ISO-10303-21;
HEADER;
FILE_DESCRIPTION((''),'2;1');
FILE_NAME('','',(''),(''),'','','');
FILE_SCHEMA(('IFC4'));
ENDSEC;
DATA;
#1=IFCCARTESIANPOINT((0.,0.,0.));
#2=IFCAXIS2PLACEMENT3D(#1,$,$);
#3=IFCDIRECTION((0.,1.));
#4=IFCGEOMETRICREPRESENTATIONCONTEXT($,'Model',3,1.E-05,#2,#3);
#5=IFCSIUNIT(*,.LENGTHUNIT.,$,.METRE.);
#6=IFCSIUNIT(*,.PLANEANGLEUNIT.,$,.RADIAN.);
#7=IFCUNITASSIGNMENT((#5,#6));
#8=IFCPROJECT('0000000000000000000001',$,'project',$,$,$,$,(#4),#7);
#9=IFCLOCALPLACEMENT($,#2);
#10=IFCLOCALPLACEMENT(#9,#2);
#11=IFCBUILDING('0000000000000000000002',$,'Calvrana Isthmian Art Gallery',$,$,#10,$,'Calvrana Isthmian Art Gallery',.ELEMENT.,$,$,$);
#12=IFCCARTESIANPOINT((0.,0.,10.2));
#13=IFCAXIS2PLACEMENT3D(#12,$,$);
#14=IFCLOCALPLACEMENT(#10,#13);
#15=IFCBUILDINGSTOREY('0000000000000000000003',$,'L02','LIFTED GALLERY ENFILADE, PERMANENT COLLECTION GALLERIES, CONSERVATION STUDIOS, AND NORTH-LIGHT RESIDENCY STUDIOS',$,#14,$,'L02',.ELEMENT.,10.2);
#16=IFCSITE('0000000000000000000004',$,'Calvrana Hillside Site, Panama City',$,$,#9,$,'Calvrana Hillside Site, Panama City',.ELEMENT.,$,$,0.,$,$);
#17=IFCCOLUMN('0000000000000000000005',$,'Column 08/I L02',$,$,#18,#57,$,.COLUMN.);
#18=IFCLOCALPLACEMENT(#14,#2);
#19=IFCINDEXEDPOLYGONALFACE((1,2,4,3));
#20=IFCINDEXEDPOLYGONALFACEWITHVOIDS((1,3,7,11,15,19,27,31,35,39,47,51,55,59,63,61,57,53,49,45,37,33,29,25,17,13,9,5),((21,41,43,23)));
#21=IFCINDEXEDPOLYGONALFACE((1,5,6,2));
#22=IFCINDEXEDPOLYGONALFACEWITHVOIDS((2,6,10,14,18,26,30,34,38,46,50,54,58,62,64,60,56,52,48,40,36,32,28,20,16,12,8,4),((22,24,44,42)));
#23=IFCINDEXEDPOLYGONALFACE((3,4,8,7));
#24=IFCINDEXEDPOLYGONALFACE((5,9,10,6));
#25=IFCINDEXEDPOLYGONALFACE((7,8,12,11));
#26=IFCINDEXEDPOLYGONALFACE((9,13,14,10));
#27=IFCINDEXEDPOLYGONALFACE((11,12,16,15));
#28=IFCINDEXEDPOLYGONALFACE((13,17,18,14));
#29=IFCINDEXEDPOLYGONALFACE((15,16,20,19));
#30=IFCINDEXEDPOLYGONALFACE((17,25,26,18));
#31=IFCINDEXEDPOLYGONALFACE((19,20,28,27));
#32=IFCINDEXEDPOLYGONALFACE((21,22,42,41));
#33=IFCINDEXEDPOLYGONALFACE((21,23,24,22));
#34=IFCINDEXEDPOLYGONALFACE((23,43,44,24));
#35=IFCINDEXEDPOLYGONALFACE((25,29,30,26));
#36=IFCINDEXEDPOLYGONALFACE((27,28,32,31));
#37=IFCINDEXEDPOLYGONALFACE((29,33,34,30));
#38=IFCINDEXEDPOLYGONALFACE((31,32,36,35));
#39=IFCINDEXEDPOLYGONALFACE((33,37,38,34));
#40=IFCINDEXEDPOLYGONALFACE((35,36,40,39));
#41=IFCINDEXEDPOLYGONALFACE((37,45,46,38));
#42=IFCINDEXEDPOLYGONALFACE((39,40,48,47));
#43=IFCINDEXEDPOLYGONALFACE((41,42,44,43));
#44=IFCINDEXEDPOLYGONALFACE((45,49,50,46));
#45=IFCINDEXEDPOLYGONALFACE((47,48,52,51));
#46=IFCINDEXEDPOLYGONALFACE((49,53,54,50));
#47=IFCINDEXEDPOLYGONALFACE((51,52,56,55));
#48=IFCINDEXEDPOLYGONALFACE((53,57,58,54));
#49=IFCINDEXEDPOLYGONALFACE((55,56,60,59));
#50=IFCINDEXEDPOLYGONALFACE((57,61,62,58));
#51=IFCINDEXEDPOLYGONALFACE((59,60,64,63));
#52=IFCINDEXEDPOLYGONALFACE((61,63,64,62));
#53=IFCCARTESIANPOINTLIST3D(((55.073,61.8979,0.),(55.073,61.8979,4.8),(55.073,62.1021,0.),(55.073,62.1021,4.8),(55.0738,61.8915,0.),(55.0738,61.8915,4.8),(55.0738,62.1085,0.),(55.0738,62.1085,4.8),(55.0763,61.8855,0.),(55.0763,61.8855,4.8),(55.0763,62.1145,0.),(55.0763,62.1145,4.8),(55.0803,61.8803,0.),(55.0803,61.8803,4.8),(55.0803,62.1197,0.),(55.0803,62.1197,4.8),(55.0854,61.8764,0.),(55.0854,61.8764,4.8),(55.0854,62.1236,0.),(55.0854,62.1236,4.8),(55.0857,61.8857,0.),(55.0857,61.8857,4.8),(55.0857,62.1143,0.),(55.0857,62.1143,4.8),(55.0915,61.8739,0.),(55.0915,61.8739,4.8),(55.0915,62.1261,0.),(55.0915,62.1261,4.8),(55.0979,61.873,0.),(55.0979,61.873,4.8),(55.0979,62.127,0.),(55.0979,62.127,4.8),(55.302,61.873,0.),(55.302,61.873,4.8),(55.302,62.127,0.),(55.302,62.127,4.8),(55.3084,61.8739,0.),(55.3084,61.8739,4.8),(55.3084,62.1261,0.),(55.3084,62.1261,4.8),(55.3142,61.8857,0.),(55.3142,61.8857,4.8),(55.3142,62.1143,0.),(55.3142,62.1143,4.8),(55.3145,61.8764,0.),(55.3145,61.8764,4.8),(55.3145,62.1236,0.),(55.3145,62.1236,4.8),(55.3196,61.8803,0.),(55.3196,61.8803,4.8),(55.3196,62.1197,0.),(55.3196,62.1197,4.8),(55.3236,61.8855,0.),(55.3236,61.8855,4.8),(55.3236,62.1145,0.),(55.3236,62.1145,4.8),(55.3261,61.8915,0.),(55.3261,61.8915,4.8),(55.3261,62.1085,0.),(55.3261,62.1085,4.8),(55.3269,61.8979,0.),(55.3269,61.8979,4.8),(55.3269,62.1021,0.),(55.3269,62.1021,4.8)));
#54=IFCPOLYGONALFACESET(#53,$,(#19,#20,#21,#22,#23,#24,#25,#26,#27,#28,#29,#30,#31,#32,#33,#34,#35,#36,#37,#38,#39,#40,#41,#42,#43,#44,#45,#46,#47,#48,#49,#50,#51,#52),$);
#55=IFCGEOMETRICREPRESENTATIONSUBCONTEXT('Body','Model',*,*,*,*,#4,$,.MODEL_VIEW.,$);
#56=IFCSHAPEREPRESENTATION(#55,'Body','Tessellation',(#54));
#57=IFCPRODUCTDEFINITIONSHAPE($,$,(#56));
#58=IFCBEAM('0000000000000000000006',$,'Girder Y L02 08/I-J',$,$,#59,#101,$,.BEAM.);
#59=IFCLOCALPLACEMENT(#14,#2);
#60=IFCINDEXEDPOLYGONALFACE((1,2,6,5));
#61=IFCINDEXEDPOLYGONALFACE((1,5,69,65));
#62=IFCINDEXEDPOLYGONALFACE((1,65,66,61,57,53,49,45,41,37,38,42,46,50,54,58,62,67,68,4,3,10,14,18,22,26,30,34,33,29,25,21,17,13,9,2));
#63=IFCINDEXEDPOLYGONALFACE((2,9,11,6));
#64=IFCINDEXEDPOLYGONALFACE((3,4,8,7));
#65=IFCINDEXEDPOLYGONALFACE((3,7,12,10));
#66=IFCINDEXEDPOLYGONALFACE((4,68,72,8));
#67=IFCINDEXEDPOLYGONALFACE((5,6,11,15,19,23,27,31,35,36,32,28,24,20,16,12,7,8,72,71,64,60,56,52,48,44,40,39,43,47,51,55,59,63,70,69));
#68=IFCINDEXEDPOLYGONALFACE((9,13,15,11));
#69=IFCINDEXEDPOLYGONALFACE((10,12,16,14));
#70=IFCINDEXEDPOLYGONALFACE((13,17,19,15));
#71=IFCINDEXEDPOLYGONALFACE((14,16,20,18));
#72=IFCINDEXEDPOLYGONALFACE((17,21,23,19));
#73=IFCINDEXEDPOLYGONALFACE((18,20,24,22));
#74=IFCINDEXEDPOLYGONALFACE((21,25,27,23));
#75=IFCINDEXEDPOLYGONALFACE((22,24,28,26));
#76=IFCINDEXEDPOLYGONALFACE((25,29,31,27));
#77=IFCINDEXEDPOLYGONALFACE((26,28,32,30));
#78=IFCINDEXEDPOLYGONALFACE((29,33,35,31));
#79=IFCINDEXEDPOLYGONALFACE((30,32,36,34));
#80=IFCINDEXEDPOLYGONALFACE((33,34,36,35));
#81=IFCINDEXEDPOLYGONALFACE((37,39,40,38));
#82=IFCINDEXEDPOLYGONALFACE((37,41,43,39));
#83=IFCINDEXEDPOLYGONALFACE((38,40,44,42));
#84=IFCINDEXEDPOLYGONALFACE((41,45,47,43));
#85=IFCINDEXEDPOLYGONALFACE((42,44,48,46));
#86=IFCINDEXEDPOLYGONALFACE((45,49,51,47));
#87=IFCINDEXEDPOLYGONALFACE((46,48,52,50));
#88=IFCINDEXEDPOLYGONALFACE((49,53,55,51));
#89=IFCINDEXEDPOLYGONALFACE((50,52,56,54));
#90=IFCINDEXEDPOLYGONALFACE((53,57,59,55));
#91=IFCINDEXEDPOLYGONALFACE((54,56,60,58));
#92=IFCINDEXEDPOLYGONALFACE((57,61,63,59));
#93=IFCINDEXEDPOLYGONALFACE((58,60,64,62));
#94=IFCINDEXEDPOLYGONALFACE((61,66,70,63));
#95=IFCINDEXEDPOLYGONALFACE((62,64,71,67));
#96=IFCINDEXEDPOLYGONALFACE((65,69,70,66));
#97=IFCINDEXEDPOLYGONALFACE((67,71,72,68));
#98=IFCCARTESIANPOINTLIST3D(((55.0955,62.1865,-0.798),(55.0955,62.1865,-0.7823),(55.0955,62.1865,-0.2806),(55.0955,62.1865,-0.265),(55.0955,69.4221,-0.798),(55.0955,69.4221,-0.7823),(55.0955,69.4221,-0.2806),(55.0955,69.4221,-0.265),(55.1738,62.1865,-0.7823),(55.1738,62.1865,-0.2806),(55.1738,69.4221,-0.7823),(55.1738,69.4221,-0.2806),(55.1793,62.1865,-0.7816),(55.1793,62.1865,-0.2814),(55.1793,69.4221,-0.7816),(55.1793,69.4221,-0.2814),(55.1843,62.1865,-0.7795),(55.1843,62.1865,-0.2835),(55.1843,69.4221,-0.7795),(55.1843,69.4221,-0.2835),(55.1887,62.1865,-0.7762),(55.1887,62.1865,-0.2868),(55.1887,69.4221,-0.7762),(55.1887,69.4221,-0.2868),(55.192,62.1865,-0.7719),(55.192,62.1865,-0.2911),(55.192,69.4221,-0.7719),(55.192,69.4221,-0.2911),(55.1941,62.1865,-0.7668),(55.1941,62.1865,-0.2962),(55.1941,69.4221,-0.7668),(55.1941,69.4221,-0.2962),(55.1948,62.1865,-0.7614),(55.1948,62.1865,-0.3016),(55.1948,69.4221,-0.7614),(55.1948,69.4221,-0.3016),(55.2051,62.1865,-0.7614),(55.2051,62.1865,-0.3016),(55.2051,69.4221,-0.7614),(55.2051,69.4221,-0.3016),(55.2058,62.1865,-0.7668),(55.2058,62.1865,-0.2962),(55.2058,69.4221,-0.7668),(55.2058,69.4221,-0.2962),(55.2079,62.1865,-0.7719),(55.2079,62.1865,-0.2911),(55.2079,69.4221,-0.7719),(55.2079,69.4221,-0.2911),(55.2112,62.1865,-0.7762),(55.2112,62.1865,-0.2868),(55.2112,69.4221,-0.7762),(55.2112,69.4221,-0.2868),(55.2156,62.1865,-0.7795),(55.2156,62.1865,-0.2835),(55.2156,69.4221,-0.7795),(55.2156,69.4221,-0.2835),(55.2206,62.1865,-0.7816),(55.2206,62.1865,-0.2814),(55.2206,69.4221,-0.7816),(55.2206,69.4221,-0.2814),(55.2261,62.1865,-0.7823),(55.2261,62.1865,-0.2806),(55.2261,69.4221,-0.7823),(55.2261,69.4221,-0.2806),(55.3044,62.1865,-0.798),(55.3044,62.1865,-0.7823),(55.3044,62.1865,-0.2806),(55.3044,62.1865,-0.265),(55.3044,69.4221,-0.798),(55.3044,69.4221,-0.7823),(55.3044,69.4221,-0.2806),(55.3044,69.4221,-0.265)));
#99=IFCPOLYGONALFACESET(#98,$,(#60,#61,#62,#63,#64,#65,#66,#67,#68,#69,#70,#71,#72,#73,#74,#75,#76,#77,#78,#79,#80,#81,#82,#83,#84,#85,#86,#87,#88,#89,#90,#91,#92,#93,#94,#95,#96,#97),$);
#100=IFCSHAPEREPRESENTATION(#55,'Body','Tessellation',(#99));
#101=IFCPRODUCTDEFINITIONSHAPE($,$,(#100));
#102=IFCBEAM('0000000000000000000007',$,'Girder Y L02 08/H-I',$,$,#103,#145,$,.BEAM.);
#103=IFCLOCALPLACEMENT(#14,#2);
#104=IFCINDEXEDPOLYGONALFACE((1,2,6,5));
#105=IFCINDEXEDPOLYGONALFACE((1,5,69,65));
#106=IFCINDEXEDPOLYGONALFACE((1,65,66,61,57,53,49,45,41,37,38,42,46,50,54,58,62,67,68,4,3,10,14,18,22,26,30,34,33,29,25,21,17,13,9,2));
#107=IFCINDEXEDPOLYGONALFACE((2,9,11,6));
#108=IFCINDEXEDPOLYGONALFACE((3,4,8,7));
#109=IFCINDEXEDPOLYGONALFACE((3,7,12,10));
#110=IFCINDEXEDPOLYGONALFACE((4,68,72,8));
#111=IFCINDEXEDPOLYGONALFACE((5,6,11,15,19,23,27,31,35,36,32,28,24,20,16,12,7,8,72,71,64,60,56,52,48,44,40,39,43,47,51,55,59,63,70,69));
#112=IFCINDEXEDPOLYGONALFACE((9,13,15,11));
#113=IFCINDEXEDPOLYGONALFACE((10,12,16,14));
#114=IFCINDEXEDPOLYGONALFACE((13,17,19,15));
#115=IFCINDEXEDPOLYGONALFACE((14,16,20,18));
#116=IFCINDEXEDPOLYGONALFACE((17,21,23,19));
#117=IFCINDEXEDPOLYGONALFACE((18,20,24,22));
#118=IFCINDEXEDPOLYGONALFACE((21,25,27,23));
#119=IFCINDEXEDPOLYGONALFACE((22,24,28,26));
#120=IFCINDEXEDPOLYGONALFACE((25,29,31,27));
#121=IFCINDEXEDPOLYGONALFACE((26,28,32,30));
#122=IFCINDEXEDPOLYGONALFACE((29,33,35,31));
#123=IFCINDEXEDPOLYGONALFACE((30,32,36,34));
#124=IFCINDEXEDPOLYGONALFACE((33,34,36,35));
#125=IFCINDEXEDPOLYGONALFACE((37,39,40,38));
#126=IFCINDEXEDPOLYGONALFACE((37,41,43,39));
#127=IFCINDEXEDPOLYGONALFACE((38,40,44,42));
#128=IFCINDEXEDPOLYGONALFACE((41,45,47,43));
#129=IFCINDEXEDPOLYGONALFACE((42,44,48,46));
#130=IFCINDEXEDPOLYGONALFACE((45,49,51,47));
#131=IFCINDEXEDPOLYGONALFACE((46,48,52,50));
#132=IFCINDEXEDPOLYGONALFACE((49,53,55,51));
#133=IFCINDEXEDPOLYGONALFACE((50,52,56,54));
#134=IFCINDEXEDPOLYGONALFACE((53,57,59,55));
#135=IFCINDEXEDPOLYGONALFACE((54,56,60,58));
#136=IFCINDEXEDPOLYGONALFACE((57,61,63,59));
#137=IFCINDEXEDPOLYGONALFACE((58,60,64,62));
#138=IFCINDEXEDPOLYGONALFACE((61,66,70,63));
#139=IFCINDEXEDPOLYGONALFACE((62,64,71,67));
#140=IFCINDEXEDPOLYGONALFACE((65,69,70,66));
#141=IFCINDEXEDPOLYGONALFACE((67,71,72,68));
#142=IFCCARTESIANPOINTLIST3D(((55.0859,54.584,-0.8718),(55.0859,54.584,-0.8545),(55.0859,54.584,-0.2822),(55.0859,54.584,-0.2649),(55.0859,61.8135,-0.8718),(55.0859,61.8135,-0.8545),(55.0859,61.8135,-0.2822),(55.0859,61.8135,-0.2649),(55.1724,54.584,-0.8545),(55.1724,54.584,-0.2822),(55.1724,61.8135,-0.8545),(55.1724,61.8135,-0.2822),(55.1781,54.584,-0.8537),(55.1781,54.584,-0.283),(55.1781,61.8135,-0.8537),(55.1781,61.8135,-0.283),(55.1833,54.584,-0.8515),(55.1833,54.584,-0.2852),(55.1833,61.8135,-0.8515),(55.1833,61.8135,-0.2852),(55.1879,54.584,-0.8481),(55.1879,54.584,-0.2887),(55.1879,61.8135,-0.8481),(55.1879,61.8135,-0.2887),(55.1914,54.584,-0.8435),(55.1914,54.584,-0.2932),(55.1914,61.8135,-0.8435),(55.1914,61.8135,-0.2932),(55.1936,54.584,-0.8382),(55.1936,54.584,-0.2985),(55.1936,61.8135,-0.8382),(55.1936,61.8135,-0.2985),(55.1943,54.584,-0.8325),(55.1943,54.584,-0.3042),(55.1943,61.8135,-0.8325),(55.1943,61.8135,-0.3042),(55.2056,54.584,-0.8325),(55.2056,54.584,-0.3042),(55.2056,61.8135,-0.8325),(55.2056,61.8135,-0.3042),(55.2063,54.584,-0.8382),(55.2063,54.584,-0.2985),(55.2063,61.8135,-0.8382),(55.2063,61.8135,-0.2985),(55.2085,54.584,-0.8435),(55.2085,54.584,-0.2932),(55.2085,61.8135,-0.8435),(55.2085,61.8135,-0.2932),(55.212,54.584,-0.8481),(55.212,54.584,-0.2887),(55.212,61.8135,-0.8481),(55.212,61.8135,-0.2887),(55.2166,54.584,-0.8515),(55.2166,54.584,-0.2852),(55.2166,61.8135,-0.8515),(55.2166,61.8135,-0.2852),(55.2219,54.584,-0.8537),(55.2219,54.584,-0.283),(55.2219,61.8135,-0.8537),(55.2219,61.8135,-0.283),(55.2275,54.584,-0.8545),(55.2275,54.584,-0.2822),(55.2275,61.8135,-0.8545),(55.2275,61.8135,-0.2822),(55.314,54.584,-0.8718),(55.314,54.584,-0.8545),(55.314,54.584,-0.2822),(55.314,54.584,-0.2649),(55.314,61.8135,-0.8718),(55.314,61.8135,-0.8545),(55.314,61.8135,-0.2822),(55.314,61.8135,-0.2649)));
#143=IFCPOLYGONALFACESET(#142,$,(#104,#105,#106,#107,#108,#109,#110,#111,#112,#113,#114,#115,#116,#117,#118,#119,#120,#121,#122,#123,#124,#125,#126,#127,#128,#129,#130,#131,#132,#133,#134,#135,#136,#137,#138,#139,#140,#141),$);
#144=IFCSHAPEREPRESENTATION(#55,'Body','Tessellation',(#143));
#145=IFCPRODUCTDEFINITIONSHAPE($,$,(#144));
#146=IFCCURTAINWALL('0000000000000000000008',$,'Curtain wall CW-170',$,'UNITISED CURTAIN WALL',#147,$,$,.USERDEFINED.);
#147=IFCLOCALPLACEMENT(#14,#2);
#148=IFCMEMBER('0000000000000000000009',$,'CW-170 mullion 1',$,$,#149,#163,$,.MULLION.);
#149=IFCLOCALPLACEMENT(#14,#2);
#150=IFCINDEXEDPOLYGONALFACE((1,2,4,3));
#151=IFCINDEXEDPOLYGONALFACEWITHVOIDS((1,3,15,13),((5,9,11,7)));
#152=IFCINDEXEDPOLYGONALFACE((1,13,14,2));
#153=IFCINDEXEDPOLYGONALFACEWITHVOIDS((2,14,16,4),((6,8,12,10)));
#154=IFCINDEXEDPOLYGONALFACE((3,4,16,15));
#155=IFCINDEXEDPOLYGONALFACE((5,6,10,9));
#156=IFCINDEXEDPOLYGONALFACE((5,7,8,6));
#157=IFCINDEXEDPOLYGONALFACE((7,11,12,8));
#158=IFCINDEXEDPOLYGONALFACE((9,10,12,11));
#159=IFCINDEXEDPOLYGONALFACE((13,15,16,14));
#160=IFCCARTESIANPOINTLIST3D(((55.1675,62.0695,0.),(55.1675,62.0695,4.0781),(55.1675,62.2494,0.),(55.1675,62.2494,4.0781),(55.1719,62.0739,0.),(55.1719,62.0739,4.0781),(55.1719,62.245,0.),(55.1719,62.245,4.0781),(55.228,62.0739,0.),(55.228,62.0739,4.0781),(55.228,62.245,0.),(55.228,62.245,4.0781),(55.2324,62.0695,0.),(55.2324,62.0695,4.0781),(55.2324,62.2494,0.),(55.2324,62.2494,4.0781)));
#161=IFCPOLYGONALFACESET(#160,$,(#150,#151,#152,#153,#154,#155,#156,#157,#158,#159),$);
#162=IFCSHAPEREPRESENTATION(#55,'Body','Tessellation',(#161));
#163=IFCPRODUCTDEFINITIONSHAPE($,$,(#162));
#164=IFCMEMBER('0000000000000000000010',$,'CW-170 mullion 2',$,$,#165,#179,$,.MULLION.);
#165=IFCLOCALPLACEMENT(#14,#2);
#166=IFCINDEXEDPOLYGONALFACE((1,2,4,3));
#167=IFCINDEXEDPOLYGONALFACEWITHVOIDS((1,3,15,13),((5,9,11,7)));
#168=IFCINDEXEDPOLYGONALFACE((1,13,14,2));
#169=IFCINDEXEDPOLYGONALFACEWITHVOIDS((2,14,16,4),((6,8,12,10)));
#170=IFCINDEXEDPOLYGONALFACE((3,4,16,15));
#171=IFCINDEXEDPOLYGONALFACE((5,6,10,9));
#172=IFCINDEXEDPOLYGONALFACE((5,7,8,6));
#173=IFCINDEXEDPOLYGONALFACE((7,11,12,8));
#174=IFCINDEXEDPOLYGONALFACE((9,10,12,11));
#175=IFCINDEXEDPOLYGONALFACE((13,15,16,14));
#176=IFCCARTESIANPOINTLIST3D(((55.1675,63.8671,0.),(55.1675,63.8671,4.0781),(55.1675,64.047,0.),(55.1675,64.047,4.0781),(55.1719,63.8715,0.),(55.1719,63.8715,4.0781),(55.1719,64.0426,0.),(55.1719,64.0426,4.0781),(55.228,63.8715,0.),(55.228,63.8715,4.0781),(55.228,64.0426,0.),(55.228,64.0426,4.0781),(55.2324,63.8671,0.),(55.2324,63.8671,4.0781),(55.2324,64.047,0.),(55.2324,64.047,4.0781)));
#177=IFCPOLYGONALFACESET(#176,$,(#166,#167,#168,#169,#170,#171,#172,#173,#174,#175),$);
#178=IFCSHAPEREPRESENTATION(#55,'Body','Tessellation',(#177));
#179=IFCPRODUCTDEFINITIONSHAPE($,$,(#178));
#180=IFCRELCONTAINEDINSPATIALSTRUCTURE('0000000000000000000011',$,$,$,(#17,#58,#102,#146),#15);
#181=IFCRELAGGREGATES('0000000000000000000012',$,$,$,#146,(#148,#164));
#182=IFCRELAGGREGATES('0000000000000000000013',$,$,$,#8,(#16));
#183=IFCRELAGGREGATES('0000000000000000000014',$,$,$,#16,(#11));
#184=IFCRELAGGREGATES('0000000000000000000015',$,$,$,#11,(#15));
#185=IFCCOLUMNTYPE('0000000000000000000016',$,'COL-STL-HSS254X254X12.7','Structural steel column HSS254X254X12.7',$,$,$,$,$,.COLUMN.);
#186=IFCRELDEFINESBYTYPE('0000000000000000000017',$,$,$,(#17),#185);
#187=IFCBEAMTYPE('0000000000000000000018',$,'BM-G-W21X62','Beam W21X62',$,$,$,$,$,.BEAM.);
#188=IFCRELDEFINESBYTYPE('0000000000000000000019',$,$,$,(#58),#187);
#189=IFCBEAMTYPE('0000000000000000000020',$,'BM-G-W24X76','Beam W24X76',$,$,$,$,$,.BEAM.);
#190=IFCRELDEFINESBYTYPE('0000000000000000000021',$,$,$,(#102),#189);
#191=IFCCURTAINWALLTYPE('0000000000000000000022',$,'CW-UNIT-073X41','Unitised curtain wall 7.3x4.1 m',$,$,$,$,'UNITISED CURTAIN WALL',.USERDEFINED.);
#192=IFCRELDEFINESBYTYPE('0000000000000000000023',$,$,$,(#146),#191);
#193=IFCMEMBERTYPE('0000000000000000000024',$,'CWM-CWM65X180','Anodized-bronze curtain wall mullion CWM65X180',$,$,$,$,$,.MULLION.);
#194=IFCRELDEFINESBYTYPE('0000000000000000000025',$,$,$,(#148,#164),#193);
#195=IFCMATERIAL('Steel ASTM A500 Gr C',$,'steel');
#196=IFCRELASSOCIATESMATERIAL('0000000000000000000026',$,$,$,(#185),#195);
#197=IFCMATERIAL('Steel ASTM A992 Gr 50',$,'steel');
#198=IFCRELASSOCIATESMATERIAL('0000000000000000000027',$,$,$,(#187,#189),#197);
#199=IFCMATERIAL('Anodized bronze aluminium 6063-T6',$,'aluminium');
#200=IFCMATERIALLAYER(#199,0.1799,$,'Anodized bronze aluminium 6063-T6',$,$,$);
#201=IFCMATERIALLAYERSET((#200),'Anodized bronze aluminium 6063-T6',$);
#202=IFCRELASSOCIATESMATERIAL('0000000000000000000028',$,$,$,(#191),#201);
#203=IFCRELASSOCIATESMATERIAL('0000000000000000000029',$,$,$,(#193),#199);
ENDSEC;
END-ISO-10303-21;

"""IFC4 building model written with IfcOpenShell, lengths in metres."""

from ifc_helpers import new_model, si_unit, direction, frame, origin, origin_2d, place, context, subcontext, project, spatial, hollow_rectangle, i_section, extrude, material, layer, layer_set, material_profile, profile_set, type_object, element, aggregate, save


model = new_model("IFC4")

# Units and contexts
model_context = context("Model", 3, precision=1e-05, world=origin(), true_north=direction((0.0, 1.0)))
body_context = subcontext(model_context, "Body", "Model", "MODEL_VIEW")
ifc_project = project(units=[si_unit("LENGTHUNIT", "METRE"), si_unit("PLANEANGLEUNIT", "RADIAN")], contexts=[model_context])

# Site, building, storey
site_placement = place(None, origin())
site = spatial("IfcSite", under=ifc_project, at=site_placement, Name="Calvrana Hillside Site, Panama City", LongName="Calvrana Hillside Site, Panama City", CompositionType="ELEMENT", RefElevation=0.0)
building_placement = place(site_placement, origin())
building = spatial("IfcBuilding", under=site, at=building_placement, Name="Calvrana Isthmian Art Gallery", LongName="Calvrana Isthmian Art Gallery", CompositionType="ELEMENT")
storey_placement = place(building_placement, frame((0.0, 0.0, 10.2)))
storey = spatial("IfcBuildingStorey", under=building, at=storey_placement, Name="L02", Description="LIFTED GALLERY ENFILADE, PERMANENT COLLECTION GALLERIES, CONSERVATION STUDIOS, AND NORTH-LIGHT RESIDENCY STUDIOS", LongName="L02", CompositionType="ELEMENT", Elevation=10.2)

# Column
ifc_material_1 = material(Name="Steel ASTM A500 Gr C", Category="steel")
ifc_material_profile_1 = material_profile(ifc_material_1, hollow_rectangle(XDim=0.2539, YDim=0.2539, WallThickness=0.0127, OuterFilletRadius=0.0249, at=origin_2d()), Name="HSS254X254X12.7")
ifc_profile_set_1 = profile_set([ifc_material_profile_1], Name="Steel ASTM A500 Gr C")
column_type = type_object("IfcColumnType", Name="COL-STL-HSS254X254X12.7", Description="Structural steel column HSS254X254X12.7", PredefinedType="COLUMN", material=ifc_profile_set_1)
column_placement = place(storey_placement, frame((55.2, 62.0, 0.0), z_axis=(0.0, 0.0, 1.0), x_axis=(1.0, 0.0, 0.0)))
element("IfcColumn", 1, at=column_placement, inside=storey, type_object=column_type, Name="Column 08/I L02", PredefinedType="COLUMN", context=body_context, shape_type="SweptSolid", body=[
    extrude(hollow_rectangle(XDim=0.2539, YDim=0.2539, WallThickness=0.0127, OuterFilletRadius=0.0249, at=origin_2d()), origin(), (0.0, 0.0, 1.0), 4.8),
])

# Beams
ifc_material_2 = material(Name="Steel ASTM A992 Gr 50", Category="steel")
ifc_material_profile_2 = material_profile(ifc_material_2, i_section(OverallWidth=0.209, OverallDepth=0.533, WebThickness=0.0103, FlangeThickness=0.0156, FilletRadius=0.021, at=origin_2d()), Name="W21X62")
ifc_profile_set_2 = profile_set([ifc_material_profile_2], Name="Steel ASTM A992 Gr 50")
beam_type_1 = type_object("IfcBeamType", Name="BM-G-W21X62", Description="Beam W21X62", PredefinedType="BEAM", material=ifc_profile_set_2)
beam_1_placement = place(storey_placement, frame((55.2, 62.1865, -0.5315), z_axis=(0.0, 1.0, 0.0), x_axis=(-1.0, 0.0, 0.0)))
element("IfcBeam", 2, at=beam_1_placement, inside=storey, type_object=beam_type_1, Name="Girder Y L02 08/I-J", PredefinedType="BEAM", context=body_context, shape_type="SweptSolid", body=[
    extrude(i_section(OverallWidth=0.209, OverallDepth=0.533, WebThickness=0.0103, FlangeThickness=0.0156, FilletRadius=0.021, at=origin_2d()), origin(), (0.0, 0.0, 1.0), 7.2356),
])
ifc_material_profile_3 = material_profile(ifc_material_2, i_section(OverallWidth=0.228, OverallDepth=0.6069, WebThickness=0.0112, FlangeThickness=0.0173, FilletRadius=0.022, at=origin_2d()), Name="W24X76")
ifc_profile_set_3 = profile_set([ifc_material_profile_3], Name="Steel ASTM A992 Gr 50")
beam_type_2 = type_object("IfcBeamType", Name="BM-G-W24X76", Description="Beam W24X76", PredefinedType="BEAM", material=ifc_profile_set_3)
beam_2_placement = place(storey_placement, frame((55.2, 54.584, -0.5684), z_axis=(0.0, 1.0, 0.0), x_axis=(-1.0, 0.0, 0.0)))
element("IfcBeam", 3, at=beam_2_placement, inside=storey, type_object=beam_type_2, Name="Girder Y L02 08/H-I", PredefinedType="BEAM", context=body_context, shape_type="SweptSolid", body=[
    extrude(i_section(OverallWidth=0.228, OverallDepth=0.6069, WebThickness=0.0112, FlangeThickness=0.0173, FilletRadius=0.022, at=origin_2d()), origin(), (0.0, 0.0, 1.0), 7.2295),
])

# Curtain wall, members
ifc_material_3 = material(Name="Anodized bronze aluminium 6063-T6", Category="aluminium")
ifc_layer_1 = layer(ifc_material_3, 0.1799, Name="Anodized bronze aluminium 6063-T6")
ifc_layer_set_1 = layer_set([ifc_layer_1], Name="Anodized bronze aluminium 6063-T6")
curtain_wall_type = type_object("IfcCurtainWallType", Name="CW-UNIT-073X41", Description="Unitised curtain wall 7.3x4.1 m", ElementType="UNITISED CURTAIN WALL", PredefinedType="USERDEFINED", material=ifc_layer_set_1)
curtain_wall_placement = place(storey_placement, origin())
curtain_wall = element("IfcCurtainWall", 4, at=curtain_wall_placement, inside=storey, type_object=curtain_wall_type, Name="Curtain wall CW-170", ObjectType="UNITISED CURTAIN WALL", PredefinedType="USERDEFINED")
ifc_material_profile_4 = material_profile(ifc_material_3, hollow_rectangle(XDim=0.0649, YDim=0.1799, WallThickness=0.0044, at=origin_2d()), Name="CWM65X180")
ifc_profile_set_4 = profile_set([ifc_material_profile_4], Name="Anodized bronze aluminium 6063-T6")
member_type_1 = type_object("IfcMemberType", Name="CWM-CWM65X180", Description="Anodized-bronze curtain wall mullion CWM65X180", PredefinedType="MULLION", material=ifc_profile_set_4)
member_1_placement = place(storey_placement, frame((55.2, 62.1594, 0.0), z_axis=(0.0, 0.0, 1.0), x_axis=(-1.0, 0.0, 0.0)))
member_1 = element("IfcMember", 5, at=member_1_placement, type_object=member_type_1, Name="CW-170 mullion 1", PredefinedType="MULLION", context=body_context, shape_type="SweptSolid", body=[
    extrude(hollow_rectangle(XDim=0.0649, YDim=0.1799, WallThickness=0.0044, at=origin_2d()), origin(), (0.0, 0.0, 1.0), 4.0781),
])
member_2_placement = place(storey_placement, frame((55.2, 63.957, 0.0), z_axis=(0.0, 0.0, 1.0), x_axis=(-1.0, 0.0, 0.0)))
member_2 = element("IfcMember", 6, at=member_2_placement, type_object=member_type_1, Name="CW-170 mullion 2", PredefinedType="MULLION", context=body_context, shape_type="SweptSolid", body=[
    extrude(hollow_rectangle(XDim=0.0649, YDim=0.1799, WallThickness=0.0044, at=origin_2d()), origin(), (0.0, 0.0, 1.0), 4.0781),
])
aggregate(curtain_wall, [member_1, member_2])

save(model, "model.ifc")
